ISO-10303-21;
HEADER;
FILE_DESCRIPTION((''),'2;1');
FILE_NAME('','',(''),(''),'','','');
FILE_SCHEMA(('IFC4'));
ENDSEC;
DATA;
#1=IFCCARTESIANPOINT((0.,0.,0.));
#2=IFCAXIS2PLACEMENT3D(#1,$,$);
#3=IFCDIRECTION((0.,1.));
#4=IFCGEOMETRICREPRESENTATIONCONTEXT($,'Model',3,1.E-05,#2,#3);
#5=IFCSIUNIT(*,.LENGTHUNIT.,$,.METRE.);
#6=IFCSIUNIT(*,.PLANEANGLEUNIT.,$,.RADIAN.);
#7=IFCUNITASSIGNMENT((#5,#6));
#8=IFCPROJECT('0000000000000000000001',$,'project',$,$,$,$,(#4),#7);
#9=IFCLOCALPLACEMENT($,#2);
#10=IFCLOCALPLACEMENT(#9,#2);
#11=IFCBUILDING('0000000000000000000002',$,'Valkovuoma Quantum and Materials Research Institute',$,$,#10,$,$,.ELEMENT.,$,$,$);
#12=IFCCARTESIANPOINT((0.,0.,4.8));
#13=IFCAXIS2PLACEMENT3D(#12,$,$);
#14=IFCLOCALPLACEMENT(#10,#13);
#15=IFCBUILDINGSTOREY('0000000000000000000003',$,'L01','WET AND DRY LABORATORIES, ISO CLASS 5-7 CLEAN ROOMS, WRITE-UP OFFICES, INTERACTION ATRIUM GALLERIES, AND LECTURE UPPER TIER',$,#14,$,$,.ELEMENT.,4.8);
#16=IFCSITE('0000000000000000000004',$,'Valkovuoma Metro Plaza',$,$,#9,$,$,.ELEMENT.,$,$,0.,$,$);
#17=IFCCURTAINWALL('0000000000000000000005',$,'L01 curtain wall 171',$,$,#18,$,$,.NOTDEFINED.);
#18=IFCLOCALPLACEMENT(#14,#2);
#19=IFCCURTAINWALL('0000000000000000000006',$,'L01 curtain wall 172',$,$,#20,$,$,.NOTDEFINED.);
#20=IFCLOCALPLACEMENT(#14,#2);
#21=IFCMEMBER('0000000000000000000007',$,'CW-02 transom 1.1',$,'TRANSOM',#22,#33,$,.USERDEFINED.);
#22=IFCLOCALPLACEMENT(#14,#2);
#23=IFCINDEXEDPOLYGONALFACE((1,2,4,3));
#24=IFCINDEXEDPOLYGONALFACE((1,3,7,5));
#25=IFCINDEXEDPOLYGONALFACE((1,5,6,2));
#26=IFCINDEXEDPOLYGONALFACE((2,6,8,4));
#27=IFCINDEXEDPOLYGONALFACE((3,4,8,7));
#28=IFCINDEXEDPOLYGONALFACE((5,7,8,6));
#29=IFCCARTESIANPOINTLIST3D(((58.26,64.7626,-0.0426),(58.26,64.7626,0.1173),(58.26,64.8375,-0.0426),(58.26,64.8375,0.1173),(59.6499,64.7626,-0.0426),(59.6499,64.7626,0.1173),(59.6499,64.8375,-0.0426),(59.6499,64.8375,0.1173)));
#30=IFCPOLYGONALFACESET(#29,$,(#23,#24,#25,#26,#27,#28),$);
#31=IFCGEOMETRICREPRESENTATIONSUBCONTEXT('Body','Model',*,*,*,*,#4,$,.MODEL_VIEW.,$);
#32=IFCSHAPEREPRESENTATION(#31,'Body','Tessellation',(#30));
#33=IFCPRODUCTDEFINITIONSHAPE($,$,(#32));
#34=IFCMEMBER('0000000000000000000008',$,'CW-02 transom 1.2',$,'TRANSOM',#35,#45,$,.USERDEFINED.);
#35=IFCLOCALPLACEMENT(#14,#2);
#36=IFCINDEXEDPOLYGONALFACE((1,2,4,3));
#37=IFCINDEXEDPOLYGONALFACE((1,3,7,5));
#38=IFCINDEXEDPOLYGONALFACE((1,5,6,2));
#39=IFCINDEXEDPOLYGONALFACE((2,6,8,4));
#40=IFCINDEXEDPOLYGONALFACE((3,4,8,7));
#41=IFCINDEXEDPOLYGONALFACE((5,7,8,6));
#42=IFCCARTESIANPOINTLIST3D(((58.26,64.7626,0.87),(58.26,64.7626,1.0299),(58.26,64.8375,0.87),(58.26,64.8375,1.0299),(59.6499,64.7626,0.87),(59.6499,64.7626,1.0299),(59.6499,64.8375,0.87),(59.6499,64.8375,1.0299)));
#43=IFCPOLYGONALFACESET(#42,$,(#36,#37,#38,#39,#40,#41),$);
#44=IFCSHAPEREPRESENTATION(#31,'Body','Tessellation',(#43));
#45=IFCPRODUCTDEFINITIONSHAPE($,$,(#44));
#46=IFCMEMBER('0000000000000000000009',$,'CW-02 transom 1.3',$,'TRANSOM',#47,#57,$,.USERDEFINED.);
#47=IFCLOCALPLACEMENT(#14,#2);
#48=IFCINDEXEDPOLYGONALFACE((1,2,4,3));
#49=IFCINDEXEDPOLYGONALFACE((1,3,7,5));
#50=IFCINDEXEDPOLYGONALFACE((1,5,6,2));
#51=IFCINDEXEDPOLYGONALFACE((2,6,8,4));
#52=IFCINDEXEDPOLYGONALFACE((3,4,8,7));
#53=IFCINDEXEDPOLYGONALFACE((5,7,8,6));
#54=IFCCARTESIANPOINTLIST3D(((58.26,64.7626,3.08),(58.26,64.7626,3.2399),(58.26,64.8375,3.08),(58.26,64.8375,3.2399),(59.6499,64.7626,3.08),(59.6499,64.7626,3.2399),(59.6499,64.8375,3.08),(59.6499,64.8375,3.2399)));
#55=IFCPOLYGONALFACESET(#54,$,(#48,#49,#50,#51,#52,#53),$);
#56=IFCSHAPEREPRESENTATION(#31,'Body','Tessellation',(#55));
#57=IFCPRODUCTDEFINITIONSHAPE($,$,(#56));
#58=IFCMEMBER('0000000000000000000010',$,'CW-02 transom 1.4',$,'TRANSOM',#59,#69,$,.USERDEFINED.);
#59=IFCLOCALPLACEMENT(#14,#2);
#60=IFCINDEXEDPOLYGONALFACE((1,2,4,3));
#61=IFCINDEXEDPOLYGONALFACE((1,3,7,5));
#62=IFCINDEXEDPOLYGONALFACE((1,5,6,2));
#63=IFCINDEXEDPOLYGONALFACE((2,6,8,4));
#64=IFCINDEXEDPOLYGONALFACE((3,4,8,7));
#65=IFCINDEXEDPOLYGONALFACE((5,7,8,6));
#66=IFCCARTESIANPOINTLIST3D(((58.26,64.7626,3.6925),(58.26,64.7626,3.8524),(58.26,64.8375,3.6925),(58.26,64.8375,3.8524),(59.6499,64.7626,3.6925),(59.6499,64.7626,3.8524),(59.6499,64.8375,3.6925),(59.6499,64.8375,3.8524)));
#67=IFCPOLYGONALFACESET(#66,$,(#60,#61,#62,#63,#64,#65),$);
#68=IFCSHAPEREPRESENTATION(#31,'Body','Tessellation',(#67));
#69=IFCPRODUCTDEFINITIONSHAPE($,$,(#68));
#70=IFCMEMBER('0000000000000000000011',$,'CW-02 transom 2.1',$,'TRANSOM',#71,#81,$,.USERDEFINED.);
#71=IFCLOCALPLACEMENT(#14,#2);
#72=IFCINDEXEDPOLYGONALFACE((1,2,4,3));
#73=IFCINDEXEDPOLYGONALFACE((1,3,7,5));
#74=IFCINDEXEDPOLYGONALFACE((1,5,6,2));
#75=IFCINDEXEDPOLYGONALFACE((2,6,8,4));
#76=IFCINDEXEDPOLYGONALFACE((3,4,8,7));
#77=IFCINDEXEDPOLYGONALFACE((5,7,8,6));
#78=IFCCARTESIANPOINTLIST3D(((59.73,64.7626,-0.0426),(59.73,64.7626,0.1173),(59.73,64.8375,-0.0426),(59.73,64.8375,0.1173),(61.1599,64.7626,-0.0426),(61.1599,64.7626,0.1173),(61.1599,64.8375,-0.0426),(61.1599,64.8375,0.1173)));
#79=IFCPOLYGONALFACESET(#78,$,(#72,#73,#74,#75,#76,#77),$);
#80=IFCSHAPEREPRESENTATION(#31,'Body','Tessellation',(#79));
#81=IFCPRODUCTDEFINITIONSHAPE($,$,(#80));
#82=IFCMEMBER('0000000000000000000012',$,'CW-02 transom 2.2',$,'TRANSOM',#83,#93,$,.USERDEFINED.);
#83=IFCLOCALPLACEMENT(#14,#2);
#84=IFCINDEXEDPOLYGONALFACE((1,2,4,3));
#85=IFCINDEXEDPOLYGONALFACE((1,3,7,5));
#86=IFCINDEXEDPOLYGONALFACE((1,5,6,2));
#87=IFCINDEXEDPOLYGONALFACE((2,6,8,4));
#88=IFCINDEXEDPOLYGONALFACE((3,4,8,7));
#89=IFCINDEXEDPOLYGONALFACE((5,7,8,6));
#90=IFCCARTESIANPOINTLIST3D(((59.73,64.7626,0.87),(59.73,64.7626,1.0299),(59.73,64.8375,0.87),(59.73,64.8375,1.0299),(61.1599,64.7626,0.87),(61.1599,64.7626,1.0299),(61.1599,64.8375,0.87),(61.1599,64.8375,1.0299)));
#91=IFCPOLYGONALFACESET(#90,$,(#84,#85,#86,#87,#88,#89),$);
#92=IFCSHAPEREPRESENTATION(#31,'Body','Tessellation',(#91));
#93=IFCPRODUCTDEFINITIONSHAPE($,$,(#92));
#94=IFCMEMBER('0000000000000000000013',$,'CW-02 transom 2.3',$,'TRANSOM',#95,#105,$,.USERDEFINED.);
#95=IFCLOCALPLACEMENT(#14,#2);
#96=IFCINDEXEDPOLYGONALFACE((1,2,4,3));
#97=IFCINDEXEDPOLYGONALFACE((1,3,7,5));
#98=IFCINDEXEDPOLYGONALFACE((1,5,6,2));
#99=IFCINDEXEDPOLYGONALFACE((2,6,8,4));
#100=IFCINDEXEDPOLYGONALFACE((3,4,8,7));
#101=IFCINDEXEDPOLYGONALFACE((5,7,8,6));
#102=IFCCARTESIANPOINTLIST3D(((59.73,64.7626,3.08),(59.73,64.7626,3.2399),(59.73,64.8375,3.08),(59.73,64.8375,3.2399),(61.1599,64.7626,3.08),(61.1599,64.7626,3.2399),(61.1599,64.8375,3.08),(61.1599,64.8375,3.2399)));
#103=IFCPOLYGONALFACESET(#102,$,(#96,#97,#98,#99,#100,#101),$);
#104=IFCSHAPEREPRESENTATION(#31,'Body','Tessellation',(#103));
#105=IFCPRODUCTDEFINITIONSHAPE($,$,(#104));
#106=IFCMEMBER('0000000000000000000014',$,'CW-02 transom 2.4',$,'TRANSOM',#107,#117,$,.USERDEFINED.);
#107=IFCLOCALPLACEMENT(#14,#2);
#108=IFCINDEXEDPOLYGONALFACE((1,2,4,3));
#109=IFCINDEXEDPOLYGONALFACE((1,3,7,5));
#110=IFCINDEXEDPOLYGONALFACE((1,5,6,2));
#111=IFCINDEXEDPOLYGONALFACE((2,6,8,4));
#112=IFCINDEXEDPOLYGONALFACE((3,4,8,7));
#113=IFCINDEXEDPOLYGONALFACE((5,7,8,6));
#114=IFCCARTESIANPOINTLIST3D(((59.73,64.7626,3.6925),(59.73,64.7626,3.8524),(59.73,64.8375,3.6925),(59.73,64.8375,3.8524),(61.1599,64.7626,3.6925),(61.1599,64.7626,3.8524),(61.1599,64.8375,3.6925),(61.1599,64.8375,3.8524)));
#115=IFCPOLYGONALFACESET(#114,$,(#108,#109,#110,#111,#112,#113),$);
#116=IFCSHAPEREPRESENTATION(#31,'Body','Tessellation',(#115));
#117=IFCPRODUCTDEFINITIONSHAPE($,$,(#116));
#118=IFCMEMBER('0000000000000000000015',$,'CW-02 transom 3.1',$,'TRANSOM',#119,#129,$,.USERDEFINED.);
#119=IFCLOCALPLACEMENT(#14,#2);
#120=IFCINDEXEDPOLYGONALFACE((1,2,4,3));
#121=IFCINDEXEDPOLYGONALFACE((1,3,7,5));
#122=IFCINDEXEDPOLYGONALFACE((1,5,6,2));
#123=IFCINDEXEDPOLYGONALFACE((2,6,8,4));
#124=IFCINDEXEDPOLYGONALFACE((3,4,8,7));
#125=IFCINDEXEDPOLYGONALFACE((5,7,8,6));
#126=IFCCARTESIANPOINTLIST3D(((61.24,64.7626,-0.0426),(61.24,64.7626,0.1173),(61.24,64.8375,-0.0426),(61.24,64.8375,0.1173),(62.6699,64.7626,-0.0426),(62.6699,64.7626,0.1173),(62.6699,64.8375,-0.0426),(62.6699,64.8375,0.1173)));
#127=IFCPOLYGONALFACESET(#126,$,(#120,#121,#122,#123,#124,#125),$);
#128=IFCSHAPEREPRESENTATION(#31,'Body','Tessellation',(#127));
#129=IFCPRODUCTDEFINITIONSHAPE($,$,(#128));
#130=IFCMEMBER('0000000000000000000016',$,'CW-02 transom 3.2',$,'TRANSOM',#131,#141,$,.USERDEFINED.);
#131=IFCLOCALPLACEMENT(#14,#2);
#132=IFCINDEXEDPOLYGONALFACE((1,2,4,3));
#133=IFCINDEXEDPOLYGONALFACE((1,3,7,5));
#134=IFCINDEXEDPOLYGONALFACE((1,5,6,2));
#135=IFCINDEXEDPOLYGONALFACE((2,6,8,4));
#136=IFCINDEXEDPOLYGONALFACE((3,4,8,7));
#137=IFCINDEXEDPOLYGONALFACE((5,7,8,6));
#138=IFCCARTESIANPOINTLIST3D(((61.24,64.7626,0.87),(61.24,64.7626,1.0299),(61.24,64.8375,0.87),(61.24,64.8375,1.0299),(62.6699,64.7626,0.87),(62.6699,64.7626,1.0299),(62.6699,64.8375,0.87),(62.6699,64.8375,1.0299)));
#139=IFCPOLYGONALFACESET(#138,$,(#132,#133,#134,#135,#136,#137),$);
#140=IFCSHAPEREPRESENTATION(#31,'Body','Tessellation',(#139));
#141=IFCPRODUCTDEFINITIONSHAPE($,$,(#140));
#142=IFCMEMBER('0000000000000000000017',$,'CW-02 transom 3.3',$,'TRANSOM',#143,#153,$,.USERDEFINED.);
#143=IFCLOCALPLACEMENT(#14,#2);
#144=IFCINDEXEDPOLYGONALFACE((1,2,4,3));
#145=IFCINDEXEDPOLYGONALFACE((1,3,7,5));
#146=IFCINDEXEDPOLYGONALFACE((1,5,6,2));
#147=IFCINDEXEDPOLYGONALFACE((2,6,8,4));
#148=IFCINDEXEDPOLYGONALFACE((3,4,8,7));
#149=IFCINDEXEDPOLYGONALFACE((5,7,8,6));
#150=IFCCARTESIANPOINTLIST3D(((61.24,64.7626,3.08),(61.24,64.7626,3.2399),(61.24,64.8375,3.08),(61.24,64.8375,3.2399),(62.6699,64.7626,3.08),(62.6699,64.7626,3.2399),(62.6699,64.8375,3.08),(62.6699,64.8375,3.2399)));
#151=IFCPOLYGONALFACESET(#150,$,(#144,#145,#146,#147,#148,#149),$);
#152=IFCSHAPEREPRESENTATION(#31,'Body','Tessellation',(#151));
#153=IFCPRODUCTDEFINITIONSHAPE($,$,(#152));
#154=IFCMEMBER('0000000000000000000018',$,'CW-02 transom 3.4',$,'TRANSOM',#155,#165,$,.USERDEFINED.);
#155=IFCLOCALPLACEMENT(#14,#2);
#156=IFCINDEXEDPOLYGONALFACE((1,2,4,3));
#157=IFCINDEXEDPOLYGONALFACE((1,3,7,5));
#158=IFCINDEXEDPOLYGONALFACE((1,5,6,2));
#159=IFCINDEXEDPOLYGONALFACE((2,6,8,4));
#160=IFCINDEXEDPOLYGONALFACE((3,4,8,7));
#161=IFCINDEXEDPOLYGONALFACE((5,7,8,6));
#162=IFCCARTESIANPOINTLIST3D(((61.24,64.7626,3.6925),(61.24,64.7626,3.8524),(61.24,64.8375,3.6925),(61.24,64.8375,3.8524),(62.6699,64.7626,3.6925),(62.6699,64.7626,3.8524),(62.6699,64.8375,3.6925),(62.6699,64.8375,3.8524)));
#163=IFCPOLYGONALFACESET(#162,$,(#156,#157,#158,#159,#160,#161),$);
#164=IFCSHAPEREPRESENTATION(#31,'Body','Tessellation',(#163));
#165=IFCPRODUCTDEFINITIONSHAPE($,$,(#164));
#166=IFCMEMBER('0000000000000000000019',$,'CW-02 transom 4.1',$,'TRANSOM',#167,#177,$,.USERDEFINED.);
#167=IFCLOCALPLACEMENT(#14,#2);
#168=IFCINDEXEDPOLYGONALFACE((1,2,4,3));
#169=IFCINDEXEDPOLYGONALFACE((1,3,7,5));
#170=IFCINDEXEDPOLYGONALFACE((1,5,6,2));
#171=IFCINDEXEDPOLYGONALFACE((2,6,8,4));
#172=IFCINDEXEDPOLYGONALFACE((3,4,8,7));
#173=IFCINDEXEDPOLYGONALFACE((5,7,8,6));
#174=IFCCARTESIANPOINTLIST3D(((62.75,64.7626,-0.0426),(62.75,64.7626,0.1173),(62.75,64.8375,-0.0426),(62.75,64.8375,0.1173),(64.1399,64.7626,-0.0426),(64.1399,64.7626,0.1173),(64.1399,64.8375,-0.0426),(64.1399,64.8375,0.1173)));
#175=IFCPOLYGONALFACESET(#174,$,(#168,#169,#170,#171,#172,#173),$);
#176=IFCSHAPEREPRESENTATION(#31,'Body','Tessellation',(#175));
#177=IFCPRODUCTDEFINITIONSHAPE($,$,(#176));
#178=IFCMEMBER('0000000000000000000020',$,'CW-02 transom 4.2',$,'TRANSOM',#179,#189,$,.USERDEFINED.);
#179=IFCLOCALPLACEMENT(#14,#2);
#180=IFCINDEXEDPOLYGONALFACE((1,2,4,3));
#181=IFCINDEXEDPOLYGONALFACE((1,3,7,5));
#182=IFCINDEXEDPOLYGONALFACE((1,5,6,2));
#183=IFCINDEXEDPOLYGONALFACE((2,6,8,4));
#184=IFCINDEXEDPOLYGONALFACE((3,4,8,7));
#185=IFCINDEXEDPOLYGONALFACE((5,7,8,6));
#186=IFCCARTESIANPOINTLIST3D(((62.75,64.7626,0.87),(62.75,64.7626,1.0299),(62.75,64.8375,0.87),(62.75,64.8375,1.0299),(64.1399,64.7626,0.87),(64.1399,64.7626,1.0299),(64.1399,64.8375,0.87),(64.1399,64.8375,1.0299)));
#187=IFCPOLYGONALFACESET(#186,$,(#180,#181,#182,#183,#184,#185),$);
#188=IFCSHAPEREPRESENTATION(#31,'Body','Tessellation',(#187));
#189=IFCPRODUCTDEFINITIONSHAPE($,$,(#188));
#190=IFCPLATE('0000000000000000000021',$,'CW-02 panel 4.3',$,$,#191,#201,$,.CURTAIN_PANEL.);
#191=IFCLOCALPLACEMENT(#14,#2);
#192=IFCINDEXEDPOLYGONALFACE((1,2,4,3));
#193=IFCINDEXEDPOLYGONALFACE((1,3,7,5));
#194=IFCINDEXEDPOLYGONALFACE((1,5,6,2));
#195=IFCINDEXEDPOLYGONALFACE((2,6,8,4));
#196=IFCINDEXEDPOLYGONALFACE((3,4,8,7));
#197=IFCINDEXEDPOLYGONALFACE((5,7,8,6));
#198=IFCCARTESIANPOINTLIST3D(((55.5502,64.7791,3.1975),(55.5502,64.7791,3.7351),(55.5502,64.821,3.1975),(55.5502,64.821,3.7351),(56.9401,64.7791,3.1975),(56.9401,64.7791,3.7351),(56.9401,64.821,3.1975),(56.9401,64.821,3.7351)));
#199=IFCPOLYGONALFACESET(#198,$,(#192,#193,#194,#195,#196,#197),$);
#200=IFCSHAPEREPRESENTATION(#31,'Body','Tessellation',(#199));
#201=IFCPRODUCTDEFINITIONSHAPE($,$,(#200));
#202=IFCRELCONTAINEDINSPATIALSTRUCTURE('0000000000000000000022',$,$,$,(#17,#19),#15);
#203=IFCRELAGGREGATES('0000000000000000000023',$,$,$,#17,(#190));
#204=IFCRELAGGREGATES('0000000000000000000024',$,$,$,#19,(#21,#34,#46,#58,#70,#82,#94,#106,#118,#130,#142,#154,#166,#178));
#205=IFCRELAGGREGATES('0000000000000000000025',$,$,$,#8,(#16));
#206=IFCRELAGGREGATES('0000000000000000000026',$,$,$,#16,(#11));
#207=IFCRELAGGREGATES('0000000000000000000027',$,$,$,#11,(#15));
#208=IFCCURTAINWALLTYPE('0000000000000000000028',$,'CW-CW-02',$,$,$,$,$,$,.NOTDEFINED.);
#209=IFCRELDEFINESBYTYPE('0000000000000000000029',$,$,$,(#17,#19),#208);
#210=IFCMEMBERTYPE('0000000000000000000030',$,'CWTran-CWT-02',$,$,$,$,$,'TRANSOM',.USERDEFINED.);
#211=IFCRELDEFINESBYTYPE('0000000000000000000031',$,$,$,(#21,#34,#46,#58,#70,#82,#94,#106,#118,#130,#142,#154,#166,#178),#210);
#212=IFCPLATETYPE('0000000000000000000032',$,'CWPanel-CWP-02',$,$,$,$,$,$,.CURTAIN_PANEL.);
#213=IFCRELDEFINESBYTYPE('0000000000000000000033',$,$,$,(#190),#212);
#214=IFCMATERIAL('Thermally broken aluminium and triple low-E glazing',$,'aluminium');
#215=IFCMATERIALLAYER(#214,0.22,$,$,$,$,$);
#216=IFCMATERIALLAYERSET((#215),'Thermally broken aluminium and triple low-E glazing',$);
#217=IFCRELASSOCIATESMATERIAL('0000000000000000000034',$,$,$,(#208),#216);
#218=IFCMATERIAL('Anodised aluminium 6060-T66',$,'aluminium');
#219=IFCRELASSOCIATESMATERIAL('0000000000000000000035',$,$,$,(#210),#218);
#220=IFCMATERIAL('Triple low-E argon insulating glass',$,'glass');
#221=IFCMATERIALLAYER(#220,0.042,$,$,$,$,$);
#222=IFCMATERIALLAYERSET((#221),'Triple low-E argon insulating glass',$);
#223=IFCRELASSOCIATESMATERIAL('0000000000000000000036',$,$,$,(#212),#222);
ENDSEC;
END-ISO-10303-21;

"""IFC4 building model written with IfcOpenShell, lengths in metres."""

from ifc_helpers import new_model, si_unit, direction, frame, origin, origin_2d, place, context, subcontext, project, spatial, rectangle, extrude, material, layer, layer_set, material_profile, profile_set, type_object, element, aggregate, save


model = new_model("IFC4")

# Units and contexts
model_context = context("Model", 3, precision=1e-05, world=origin(), true_north=direction((0.0, 1.0)))
body_context = subcontext(model_context, "Body", "Model", "MODEL_VIEW")
ifc_project = project(units=[si_unit("LENGTHUNIT", "METRE"), si_unit("PLANEANGLEUNIT", "RADIAN")], contexts=[model_context])

# Site, building, storey
site_placement = place(None, origin())
site = spatial("IfcSite", under=ifc_project, at=site_placement, Name="Valkovuoma Metro Plaza", CompositionType="ELEMENT", RefElevation=0.0)
building_placement = place(site_placement, origin())
building = spatial("IfcBuilding", under=site, at=building_placement, Name="Valkovuoma Quantum and Materials Research Institute", CompositionType="ELEMENT")
storey_placement = place(building_placement, frame((0.0, 0.0, 4.8)))
storey = spatial("IfcBuildingStorey", under=building, at=storey_placement, Name="L01", Description="WET AND DRY LABORATORIES, ISO CLASS 5-7 CLEAN ROOMS, WRITE-UP OFFICES, INTERACTION ATRIUM GALLERIES, AND LECTURE UPPER TIER", CompositionType="ELEMENT", Elevation=4.8)

# Curtain wall
ifc_material_1 = material(Name="Thermally broken aluminium and triple low-E glazing", Category="aluminium")
ifc_layer_1 = layer(ifc_material_1, 0.22)
ifc_layer_set_1 = layer_set([ifc_layer_1], Name="Thermally broken aluminium and triple low-E glazing")
curtain_wall_type = type_object("IfcCurtainWallType", Name="CW-CW-02", PredefinedType="NOTDEFINED", material=ifc_layer_set_1)
curtain_wall_1_placement = place(storey_placement, origin())
curtain_wall_1 = element("IfcCurtainWall", 1, at=curtain_wall_1_placement, inside=storey, type_object=curtain_wall_type, Name="L01 curtain wall 171", PredefinedType="NOTDEFINED")

# Curtain wall, members
curtain_wall_2_placement = place(storey_placement, origin())
curtain_wall_2 = element("IfcCurtainWall", 2, at=curtain_wall_2_placement, inside=storey, type_object=curtain_wall_type, Name="L01 curtain wall 172", PredefinedType="NOTDEFINED")
ifc_material_2 = material(Name="Anodised aluminium 6060-T66", Category="aluminium")
ifc_material_profile_1 = material_profile(ifc_material_2, rectangle(XDim=0.075, YDim=0.1599, at=origin_2d()), Name="Anodised aluminium 6060-T66")
ifc_profile_set_1 = profile_set([ifc_material_profile_1], Name="Anodised aluminium 6060-T66")
member_type_1 = type_object("IfcMemberType", Name="CWTran-CWT-02", ElementType="TRANSOM", PredefinedType="USERDEFINED", material=ifc_profile_set_1)
member_1_placement = place(storey_placement, frame((58.26, 64.8, 0.0374), z_axis=(1.0, 0.0, 0.0), x_axis=(0.0, 1.0, 0.0)))
member_1 = element("IfcMember", 3, at=member_1_placement, type_object=member_type_1, Name="CW-02 transom 1.1", ObjectType="TRANSOM", PredefinedType="USERDEFINED", context=body_context, shape_type="SweptSolid", body=[
    extrude(rectangle(XDim=0.075, YDim=0.1599, at=origin_2d()), origin(), (0.0, 0.0, 1.0), 1.3899),
])
member_2_placement = place(storey_placement, frame((58.26, 64.8, 0.95), z_axis=(1.0, 0.0, 0.0), x_axis=(0.0, 1.0, 0.0)))
member_2 = element("IfcMember", 4, at=member_2_placement, type_object=member_type_1, Name="CW-02 transom 1.2", ObjectType="TRANSOM", PredefinedType="USERDEFINED", context=body_context, shape_type="SweptSolid", body=[
    extrude(rectangle(XDim=0.075, YDim=0.1599, at=origin_2d()), origin(), (0.0, 0.0, 1.0), 1.3899),
])
member_3_placement = place(storey_placement, frame((58.26, 64.8, 3.1599), z_axis=(1.0, 0.0, 0.0), x_axis=(0.0, 1.0, 0.0)))
member_3 = element("IfcMember", 5, at=member_3_placement, type_object=member_type_1, Name="CW-02 transom 1.3", ObjectType="TRANSOM", PredefinedType="USERDEFINED", context=body_context, shape_type="SweptSolid", body=[
    extrude(rectangle(XDim=0.075, YDim=0.1599, at=origin_2d()), origin(), (0.0, 0.0, 1.0), 1.3899),
])
member_4_placement = place(storey_placement, frame((58.26, 64.8, 3.7725), z_axis=(1.0, 0.0, 0.0), x_axis=(0.0, 1.0, 0.0)))
member_4 = element("IfcMember", 6, at=member_4_placement, type_object=member_type_1, Name="CW-02 transom 1.4", ObjectType="TRANSOM", PredefinedType="USERDEFINED", context=body_context, shape_type="SweptSolid", body=[
    extrude(rectangle(XDim=0.075, YDim=0.1599, at=origin_2d()), origin(), (0.0, 0.0, 1.0), 1.3899),
])
member_5_placement = place(storey_placement, frame((59.73, 64.8, 0.0374), z_axis=(1.0, 0.0, 0.0), x_axis=(0.0, 1.0, 0.0)))
member_5 = element("IfcMember", 7, at=member_5_placement, type_object=member_type_1, Name="CW-02 transom 2.1", ObjectType="TRANSOM", PredefinedType="USERDEFINED", context=body_context, shape_type="SweptSolid", body=[
    extrude(rectangle(XDim=0.075, YDim=0.1599, at=origin_2d()), origin(), (0.0, 0.0, 1.0), 1.4299),
])
member_6_placement = place(storey_placement, frame((59.73, 64.8, 0.95), z_axis=(1.0, 0.0, 0.0), x_axis=(0.0, 1.0, 0.0)))
member_6 = element("IfcMember", 8, at=member_6_placement, type_object=member_type_1, Name="CW-02 transom 2.2", ObjectType="TRANSOM", PredefinedType="USERDEFINED", context=body_context, shape_type="SweptSolid", body=[
    extrude(rectangle(XDim=0.075, YDim=0.1599, at=origin_2d()), origin(), (0.0, 0.0, 1.0), 1.4299),
])
member_7_placement = place(storey_placement, frame((59.73, 64.8, 3.1599), z_axis=(1.0, 0.0, 0.0), x_axis=(0.0, 1.0, 0.0)))
member_7 = element("IfcMember", 9, at=member_7_placement, type_object=member_type_1, Name="CW-02 transom 2.3", ObjectType="TRANSOM", PredefinedType="USERDEFINED", context=body_context, shape_type="SweptSolid", body=[
    extrude(rectangle(XDim=0.075, YDim=0.1599, at=origin_2d()), origin(), (0.0, 0.0, 1.0), 1.4299),
])
member_8_placement = place(storey_placement, frame((59.73, 64.8, 3.7725), z_axis=(1.0, 0.0, 0.0), x_axis=(0.0, 1.0, 0.0)))
member_8 = element("IfcMember", 10, at=member_8_placement, type_object=member_type_1, Name="CW-02 transom 2.4", ObjectType="TRANSOM", PredefinedType="USERDEFINED", context=body_context, shape_type="SweptSolid", body=[
    extrude(rectangle(XDim=0.075, YDim=0.1599, at=origin_2d()), origin(), (0.0, 0.0, 1.0), 1.4299),
])
member_9_placement = place(storey_placement, frame((61.24, 64.8, 0.0374), z_axis=(1.0, 0.0, 0.0), x_axis=(0.0, 1.0, 0.0)))
member_9 = element("IfcMember", 11, at=member_9_placement, type_object=member_type_1, Name="CW-02 transom 3.1", ObjectType="TRANSOM", PredefinedType="USERDEFINED", context=body_context, shape_type="SweptSolid", body=[
    extrude(rectangle(XDim=0.075, YDim=0.1599, at=origin_2d()), origin(), (0.0, 0.0, 1.0), 1.4299),
])
member_10_placement = place(storey_placement, frame((61.24, 64.8, 0.95), z_axis=(1.0, 0.0, 0.0), x_axis=(0.0, 1.0, 0.0)))
member_10 = element("IfcMember", 12, at=member_10_placement, type_object=member_type_1, Name="CW-02 transom 3.2", ObjectType="TRANSOM", PredefinedType="USERDEFINED", context=body_context, shape_type="SweptSolid", body=[
    extrude(rectangle(XDim=0.075, YDim=0.1599, at=origin_2d()), origin(), (0.0, 0.0, 1.0), 1.4299),
])
member_11_placement = place(storey_placement, frame((61.24, 64.8, 3.1599), z_axis=(1.0, 0.0, 0.0), x_axis=(0.0, 1.0, 0.0)))
member_11 = element("IfcMember", 13, at=member_11_placement, type_object=member_type_1, Name="CW-02 transom 3.3", ObjectType="TRANSOM", PredefinedType="USERDEFINED", context=body_context, shape_type="SweptSolid", body=[
    extrude(rectangle(XDim=0.075, YDim=0.1599, at=origin_2d()), origin(), (0.0, 0.0, 1.0), 1.4299),
])
member_12_placement = place(storey_placement, frame((61.24, 64.8, 3.7725), z_axis=(1.0, 0.0, 0.0), x_axis=(0.0, 1.0, 0.0)))
member_12 = element("IfcMember", 14, at=member_12_placement, type_object=member_type_1, Name="CW-02 transom 3.4", ObjectType="TRANSOM", PredefinedType="USERDEFINED", context=body_context, shape_type="SweptSolid", body=[
    extrude(rectangle(XDim=0.075, YDim=0.1599, at=origin_2d()), origin(), (0.0, 0.0, 1.0), 1.4299),
])
member_13_placement = place(storey_placement, frame((62.75, 64.8, 0.0374), z_axis=(1.0, 0.0, 0.0), x_axis=(0.0, 1.0, 0.0)))
member_13 = element("IfcMember", 15, at=member_13_placement, type_object=member_type_1, Name="CW-02 transom 4.1", ObjectType="TRANSOM", PredefinedType="USERDEFINED", context=body_context, shape_type="SweptSolid", body=[
    extrude(rectangle(XDim=0.075, YDim=0.1599, at=origin_2d()), origin(), (0.0, 0.0, 1.0), 1.3899),
])
member_14_placement = place(storey_placement, frame((62.75, 64.8, 0.95), z_axis=(1.0, 0.0, 0.0), x_axis=(0.0, 1.0, 0.0)))
member_14 = element("IfcMember", 16, at=member_14_placement, type_object=member_type_1, Name="CW-02 transom 4.2", ObjectType="TRANSOM", PredefinedType="USERDEFINED", context=body_context, shape_type="SweptSolid", body=[
    extrude(rectangle(XDim=0.075, YDim=0.1599, at=origin_2d()), origin(), (0.0, 0.0, 1.0), 1.3899),
])

# Plate
ifc_material_3 = material(Name="Triple low-E argon insulating glass", Category="glass")
ifc_layer_2 = layer(ifc_material_3, 0.042)
ifc_layer_set_2 = layer_set([ifc_layer_2], Name="Triple low-E argon insulating glass")
plate_type = type_object("IfcPlateType", Name="CWPanel-CWP-02", PredefinedType="CURTAIN_PANEL", material=ifc_layer_set_2)
plate_1_placement = place(storey_placement, frame((56.2451, 64.8, 3.1975), z_axis=(0.0, 0.0, 1.0), x_axis=(1.0, 0.0, 0.0)))
plate_1 = element("IfcPlate", 17, at=plate_1_placement, type_object=plate_type, Name="CW-02 panel 4.3", PredefinedType="CURTAIN_PANEL", context=body_context, shape_type="SweptSolid", body=[
    extrude(rectangle(XDim=1.3899, YDim=0.042, at=origin_2d()), origin(), (0.0, 0.0, 1.0), 0.5376),
])
aggregate(curtain_wall_1, [plate_1])
aggregate(curtain_wall_2, [member_1, member_2, member_3, member_4, member_5, member_6, member_7, member_8, member_9, member_10, member_11, member_12, member_13, member_14])

save(model, "model.ifc")
